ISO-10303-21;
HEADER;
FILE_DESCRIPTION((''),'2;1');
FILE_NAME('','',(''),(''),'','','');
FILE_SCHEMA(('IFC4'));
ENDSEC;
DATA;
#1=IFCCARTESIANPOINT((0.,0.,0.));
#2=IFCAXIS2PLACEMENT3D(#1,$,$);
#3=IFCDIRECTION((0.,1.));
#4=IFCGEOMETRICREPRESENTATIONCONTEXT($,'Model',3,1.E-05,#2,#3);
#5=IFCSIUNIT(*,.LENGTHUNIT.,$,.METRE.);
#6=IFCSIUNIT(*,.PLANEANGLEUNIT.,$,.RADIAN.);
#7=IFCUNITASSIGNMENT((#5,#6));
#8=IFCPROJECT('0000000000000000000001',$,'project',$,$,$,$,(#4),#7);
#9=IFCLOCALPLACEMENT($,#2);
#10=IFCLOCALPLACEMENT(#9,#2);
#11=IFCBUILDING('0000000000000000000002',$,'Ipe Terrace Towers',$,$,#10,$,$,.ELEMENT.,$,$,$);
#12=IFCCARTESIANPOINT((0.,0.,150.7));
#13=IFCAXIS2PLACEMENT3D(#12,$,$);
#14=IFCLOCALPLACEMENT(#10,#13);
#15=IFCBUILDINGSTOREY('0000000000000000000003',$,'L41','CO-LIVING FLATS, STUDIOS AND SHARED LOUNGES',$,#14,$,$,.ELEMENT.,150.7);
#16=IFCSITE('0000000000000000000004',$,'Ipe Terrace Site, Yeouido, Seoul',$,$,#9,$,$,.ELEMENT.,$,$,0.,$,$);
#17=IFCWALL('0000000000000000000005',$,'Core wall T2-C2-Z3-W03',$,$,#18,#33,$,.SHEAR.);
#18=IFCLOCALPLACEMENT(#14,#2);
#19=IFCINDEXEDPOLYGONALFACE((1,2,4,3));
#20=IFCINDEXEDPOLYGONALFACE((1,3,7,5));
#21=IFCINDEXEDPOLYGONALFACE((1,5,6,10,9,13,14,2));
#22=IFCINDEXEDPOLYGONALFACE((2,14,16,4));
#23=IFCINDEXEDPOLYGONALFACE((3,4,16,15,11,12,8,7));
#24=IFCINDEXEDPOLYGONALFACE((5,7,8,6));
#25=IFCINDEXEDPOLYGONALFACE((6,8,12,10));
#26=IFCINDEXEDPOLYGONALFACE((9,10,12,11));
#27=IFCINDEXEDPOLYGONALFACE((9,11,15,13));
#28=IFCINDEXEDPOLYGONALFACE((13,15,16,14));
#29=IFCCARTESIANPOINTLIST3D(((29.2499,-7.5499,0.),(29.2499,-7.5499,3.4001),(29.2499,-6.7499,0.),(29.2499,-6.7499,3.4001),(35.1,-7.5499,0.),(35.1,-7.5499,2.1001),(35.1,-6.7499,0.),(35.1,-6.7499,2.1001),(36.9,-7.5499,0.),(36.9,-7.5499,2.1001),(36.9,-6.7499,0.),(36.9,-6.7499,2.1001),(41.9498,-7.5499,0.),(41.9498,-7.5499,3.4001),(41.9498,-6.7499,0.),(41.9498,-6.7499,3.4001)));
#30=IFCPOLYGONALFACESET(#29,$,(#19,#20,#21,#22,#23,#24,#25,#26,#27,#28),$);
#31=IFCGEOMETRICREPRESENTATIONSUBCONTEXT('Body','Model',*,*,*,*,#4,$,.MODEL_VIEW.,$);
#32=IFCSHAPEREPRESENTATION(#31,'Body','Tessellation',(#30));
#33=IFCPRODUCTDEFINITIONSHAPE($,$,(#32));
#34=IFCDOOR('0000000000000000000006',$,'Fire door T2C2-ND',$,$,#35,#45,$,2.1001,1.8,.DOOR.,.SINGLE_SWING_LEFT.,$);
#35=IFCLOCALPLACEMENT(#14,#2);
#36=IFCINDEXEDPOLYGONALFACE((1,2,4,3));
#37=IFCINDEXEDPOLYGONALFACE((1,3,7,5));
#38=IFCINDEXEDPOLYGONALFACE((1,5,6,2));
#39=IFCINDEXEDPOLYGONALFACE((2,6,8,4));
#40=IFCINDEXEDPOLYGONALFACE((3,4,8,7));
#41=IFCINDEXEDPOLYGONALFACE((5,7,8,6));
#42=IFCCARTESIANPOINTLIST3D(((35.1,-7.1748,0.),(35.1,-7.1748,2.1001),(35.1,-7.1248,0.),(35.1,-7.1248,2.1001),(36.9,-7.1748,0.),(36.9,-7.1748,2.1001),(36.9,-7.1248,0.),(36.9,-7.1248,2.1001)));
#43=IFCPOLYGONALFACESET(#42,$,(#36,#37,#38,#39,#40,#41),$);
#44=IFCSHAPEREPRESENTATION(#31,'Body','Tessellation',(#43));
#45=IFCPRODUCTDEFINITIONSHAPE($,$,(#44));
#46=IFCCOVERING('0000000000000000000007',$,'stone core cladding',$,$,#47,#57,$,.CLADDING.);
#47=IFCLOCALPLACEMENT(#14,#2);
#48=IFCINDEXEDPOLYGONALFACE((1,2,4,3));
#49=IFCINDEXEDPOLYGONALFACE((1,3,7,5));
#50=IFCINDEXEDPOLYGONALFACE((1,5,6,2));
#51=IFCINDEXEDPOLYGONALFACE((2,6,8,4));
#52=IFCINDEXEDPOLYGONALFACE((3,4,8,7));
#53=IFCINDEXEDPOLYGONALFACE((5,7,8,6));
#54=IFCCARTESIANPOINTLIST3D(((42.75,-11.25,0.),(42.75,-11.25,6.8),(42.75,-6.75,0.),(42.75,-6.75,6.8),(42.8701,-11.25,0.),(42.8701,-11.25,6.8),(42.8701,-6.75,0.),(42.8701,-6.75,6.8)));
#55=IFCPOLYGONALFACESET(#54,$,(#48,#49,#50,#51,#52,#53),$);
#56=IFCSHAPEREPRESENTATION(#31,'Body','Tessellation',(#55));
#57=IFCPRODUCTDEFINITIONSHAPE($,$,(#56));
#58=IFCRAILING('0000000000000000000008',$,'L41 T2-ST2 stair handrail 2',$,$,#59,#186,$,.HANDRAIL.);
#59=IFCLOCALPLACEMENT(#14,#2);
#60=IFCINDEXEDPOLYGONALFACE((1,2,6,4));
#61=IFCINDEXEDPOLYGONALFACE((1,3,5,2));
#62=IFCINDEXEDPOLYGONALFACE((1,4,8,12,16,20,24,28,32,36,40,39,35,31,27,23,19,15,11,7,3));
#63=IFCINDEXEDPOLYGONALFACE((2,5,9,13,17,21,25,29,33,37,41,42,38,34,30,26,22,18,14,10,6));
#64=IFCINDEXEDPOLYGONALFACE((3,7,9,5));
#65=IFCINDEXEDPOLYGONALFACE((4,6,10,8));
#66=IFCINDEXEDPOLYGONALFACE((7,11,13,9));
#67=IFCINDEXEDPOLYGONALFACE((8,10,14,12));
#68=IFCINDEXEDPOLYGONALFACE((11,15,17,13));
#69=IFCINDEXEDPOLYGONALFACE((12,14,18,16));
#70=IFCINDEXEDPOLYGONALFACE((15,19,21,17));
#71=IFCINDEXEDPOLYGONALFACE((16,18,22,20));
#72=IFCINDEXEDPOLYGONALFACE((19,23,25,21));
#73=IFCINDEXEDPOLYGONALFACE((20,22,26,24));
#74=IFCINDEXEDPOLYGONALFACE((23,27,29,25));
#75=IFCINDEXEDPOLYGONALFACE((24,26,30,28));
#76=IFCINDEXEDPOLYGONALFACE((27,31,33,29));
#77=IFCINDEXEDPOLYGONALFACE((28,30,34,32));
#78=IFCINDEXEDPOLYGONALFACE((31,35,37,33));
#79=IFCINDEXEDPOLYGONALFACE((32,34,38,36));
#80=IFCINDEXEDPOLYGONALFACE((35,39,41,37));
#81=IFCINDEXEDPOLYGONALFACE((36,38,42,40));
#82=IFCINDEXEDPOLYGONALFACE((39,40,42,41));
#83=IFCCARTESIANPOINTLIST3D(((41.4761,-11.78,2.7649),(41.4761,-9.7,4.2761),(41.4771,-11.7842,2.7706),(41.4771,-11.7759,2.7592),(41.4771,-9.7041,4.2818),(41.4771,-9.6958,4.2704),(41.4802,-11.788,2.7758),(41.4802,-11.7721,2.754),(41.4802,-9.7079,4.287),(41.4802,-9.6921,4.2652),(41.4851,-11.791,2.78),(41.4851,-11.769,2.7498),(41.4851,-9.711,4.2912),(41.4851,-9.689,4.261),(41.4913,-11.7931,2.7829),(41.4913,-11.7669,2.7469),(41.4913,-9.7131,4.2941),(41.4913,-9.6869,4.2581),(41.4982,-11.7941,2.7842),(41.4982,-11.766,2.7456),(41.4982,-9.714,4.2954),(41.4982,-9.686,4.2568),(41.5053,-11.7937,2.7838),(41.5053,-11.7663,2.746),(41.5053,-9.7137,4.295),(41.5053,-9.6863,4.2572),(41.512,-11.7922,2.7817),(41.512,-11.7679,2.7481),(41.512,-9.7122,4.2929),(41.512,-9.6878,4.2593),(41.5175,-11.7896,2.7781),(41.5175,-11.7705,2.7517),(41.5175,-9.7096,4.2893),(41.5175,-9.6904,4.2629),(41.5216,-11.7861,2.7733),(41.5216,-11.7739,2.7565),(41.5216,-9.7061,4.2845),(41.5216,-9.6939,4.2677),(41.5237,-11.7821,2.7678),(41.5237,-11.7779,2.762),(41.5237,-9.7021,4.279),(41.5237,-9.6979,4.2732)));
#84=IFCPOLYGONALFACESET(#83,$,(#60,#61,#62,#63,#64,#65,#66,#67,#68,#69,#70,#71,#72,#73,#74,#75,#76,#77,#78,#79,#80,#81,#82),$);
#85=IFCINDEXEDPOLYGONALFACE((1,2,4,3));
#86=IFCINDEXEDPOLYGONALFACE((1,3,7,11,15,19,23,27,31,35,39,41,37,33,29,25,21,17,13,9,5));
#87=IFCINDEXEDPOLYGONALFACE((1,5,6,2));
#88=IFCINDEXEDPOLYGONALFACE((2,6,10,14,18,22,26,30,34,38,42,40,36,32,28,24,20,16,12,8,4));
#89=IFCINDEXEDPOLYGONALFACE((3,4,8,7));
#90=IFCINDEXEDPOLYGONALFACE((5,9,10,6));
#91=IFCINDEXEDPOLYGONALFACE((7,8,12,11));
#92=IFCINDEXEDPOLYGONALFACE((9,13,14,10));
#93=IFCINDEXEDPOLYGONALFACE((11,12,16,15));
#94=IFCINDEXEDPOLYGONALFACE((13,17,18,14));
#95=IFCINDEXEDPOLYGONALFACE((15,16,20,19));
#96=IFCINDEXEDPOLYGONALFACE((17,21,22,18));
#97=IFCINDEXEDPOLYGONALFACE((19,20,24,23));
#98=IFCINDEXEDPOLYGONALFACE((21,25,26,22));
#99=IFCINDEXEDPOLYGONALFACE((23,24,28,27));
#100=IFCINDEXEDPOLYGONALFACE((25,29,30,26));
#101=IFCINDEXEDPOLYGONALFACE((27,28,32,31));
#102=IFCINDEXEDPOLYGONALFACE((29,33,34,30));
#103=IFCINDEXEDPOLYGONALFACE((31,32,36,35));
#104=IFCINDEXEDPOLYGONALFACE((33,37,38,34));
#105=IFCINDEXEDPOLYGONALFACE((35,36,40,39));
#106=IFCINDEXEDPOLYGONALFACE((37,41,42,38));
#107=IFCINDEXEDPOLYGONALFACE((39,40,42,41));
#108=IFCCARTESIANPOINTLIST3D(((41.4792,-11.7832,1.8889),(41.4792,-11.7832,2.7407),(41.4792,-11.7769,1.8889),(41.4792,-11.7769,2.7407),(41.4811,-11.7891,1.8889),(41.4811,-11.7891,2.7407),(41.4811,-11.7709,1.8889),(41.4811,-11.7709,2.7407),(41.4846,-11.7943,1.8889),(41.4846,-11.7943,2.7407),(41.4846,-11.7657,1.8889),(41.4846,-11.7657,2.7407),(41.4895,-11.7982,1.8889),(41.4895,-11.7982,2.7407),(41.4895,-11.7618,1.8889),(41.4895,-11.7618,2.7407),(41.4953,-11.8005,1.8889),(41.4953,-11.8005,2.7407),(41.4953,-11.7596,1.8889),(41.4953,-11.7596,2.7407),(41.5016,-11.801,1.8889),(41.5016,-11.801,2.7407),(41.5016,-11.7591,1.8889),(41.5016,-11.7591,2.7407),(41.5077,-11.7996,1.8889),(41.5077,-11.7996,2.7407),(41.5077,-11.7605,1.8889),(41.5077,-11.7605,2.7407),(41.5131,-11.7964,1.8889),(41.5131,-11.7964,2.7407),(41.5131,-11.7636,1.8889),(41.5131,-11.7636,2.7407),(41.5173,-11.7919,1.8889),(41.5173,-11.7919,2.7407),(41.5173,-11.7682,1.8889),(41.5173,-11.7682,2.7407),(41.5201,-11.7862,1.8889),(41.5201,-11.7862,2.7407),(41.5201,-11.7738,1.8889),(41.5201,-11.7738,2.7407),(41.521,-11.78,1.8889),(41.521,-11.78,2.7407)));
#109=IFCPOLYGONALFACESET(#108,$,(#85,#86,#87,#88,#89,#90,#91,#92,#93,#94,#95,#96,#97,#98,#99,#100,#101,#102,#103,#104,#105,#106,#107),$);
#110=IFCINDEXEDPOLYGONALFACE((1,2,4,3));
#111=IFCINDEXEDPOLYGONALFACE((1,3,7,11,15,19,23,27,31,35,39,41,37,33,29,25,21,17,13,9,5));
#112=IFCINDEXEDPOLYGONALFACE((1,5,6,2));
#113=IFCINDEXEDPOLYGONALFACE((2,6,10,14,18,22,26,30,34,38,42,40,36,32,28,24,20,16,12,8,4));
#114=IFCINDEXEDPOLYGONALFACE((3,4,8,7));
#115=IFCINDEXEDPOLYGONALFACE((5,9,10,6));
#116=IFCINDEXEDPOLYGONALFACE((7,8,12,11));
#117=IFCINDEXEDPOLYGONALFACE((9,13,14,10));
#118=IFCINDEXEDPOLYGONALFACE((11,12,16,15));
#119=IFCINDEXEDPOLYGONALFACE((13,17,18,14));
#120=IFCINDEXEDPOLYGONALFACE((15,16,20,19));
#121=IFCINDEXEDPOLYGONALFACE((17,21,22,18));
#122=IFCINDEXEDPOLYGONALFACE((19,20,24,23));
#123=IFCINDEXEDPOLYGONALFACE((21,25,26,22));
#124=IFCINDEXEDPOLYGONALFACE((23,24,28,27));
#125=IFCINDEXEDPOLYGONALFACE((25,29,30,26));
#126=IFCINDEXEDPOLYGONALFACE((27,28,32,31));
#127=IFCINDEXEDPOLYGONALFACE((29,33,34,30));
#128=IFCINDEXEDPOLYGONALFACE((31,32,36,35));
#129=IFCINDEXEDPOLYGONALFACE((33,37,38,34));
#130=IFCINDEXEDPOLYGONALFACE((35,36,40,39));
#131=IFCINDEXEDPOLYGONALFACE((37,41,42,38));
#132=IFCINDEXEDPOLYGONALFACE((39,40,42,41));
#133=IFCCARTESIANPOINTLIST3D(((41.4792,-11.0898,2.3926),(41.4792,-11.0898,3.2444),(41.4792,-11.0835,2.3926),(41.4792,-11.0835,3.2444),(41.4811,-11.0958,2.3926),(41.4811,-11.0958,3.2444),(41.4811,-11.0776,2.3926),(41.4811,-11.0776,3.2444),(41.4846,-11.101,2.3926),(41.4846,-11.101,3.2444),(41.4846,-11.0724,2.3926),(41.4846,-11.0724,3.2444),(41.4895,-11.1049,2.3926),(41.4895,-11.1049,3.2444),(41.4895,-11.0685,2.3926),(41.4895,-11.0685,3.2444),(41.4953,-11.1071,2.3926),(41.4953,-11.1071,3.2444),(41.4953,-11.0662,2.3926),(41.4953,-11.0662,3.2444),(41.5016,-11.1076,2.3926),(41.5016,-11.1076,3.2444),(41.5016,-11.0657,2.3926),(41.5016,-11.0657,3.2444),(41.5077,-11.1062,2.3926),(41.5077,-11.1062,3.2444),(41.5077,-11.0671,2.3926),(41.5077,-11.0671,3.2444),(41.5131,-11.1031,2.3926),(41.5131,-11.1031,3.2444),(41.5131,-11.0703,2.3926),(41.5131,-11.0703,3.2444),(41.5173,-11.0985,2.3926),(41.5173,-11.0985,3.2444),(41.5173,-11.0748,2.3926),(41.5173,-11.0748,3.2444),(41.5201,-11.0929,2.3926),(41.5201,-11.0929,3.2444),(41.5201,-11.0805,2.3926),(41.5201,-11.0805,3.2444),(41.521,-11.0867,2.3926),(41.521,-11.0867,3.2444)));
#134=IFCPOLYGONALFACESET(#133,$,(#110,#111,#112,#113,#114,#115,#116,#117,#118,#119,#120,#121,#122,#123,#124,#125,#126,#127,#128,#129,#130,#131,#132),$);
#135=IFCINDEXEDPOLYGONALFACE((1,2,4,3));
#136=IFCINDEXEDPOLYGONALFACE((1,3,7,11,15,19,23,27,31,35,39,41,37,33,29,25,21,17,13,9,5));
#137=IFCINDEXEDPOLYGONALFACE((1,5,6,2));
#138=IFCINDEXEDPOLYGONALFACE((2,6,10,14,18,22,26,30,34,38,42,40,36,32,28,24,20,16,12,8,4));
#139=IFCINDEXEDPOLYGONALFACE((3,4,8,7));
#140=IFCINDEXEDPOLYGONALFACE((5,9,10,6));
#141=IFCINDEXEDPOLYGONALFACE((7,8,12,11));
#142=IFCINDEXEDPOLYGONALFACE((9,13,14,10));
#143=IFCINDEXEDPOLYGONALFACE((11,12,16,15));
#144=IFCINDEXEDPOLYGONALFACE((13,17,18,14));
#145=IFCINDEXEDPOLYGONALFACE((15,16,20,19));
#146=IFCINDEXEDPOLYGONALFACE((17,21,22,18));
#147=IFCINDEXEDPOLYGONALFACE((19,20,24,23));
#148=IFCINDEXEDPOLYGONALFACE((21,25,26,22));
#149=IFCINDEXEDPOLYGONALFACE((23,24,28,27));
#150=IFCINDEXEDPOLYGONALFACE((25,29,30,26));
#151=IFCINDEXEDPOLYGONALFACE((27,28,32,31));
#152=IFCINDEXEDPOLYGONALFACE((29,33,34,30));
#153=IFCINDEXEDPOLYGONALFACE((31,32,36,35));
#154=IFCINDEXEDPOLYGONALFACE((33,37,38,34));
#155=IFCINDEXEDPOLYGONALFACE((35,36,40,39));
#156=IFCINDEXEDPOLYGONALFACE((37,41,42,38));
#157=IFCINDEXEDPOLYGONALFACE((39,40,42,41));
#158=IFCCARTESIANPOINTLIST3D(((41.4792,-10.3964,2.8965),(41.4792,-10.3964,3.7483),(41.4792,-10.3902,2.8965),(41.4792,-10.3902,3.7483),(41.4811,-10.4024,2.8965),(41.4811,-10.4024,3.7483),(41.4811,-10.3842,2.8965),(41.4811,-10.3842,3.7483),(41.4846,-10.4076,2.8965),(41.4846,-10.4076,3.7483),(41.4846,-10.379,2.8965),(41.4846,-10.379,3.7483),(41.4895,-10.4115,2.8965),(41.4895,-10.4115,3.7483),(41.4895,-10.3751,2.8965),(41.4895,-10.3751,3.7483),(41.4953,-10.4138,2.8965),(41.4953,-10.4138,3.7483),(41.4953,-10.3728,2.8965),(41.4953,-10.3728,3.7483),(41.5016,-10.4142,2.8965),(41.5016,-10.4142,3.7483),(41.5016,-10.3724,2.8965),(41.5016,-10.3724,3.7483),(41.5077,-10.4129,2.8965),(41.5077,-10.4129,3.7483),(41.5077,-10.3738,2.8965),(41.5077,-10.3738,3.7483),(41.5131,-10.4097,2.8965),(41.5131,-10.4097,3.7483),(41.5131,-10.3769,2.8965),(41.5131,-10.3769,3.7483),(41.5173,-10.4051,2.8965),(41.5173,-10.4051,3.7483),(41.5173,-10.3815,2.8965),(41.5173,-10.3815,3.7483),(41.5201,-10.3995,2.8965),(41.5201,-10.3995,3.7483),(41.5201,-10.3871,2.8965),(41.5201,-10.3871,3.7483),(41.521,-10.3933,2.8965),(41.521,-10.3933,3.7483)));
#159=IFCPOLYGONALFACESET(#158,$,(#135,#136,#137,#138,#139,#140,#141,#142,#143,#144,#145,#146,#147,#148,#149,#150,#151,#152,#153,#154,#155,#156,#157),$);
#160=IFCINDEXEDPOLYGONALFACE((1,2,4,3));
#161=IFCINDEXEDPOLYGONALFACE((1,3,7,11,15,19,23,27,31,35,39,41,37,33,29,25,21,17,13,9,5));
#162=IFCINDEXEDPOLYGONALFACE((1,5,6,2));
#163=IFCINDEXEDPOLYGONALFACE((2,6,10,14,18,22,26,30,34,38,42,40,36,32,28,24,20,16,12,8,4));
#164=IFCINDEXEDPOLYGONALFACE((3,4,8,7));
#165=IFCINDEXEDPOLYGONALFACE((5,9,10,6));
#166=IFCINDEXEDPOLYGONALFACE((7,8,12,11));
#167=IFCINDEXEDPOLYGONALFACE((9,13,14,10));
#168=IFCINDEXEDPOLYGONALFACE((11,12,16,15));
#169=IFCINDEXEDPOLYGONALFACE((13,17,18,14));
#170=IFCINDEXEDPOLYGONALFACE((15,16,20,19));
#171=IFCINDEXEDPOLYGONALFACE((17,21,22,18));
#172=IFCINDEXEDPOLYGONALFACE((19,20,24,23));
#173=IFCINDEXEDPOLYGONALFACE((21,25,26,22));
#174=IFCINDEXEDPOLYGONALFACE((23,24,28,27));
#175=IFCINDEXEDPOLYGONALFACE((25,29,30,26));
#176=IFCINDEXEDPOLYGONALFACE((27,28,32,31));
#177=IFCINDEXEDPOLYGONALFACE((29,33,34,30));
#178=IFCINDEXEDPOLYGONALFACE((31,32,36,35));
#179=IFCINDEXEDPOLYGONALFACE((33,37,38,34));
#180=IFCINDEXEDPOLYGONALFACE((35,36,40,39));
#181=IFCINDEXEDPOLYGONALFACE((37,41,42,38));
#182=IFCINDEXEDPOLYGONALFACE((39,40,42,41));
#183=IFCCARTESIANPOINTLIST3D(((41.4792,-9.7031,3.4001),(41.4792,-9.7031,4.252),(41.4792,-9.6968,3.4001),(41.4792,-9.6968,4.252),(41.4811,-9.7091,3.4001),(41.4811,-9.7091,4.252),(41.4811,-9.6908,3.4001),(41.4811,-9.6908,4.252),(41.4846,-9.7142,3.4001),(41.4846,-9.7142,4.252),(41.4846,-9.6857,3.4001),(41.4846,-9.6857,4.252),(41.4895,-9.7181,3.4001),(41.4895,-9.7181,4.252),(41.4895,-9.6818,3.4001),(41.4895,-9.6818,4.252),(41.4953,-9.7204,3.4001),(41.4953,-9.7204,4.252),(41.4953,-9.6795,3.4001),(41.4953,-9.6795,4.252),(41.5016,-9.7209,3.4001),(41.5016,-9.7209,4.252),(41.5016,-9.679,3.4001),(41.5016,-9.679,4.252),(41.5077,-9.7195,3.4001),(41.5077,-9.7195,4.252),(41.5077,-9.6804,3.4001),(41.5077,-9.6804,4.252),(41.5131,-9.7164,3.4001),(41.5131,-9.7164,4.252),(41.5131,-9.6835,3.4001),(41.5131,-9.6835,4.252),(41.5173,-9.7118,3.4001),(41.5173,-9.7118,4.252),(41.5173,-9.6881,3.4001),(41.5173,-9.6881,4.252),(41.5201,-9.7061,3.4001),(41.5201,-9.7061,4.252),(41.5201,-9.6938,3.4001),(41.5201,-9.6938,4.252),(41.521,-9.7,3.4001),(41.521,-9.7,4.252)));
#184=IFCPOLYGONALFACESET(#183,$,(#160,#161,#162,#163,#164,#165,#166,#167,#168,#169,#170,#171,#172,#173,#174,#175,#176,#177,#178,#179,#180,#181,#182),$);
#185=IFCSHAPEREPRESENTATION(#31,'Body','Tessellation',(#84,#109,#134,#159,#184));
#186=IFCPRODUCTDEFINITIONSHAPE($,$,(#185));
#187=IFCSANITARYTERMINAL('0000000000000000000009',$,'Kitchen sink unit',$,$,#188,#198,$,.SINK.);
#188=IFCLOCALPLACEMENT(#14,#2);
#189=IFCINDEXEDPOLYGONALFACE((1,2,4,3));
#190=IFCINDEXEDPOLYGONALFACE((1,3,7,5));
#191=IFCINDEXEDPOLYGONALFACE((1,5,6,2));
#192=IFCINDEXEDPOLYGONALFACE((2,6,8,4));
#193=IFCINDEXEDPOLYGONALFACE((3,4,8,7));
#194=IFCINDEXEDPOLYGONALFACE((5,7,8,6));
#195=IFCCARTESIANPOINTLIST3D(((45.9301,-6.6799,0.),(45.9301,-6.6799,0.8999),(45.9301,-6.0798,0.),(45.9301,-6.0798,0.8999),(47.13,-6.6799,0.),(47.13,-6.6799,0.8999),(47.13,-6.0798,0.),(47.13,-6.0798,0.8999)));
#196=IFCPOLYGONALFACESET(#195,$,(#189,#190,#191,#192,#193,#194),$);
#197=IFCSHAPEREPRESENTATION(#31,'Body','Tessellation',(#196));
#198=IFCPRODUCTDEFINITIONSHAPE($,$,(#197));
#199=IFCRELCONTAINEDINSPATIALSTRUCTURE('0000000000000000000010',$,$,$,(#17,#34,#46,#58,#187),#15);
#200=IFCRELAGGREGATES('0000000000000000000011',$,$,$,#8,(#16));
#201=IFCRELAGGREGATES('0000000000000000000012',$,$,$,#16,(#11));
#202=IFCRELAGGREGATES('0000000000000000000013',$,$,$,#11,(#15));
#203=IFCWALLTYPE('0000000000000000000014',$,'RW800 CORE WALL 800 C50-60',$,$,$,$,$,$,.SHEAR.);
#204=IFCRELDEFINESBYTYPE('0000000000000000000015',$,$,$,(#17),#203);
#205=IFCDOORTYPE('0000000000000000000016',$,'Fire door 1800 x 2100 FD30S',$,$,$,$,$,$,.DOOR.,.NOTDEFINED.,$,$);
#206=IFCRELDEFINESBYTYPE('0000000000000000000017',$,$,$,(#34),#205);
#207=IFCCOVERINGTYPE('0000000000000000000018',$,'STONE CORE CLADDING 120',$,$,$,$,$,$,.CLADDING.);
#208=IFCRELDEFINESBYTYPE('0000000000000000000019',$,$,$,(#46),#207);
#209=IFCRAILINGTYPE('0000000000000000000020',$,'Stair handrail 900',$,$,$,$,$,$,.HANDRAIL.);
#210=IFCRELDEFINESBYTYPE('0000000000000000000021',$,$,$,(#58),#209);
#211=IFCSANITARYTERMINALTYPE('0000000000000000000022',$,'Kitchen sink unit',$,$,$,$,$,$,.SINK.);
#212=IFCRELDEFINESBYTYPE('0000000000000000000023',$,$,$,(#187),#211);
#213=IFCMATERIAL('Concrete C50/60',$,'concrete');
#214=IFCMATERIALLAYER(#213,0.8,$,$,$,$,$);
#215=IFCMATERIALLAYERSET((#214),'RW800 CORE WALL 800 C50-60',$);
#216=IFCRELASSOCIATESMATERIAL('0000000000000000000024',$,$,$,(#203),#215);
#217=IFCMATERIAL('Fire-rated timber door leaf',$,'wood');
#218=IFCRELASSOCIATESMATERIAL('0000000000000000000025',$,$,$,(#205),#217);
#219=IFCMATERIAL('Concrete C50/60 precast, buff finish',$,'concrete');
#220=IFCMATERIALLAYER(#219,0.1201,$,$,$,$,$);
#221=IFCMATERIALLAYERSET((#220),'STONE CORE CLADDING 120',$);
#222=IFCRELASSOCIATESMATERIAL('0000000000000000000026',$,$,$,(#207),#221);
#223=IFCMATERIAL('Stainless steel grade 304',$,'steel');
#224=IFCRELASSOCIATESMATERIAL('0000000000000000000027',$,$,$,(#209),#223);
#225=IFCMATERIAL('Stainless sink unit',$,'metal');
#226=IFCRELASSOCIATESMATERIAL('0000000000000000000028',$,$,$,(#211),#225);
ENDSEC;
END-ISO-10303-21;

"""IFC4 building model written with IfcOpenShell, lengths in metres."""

from ifc_helpers import new_model, si_unit, direction, frame, frame_2d, origin, origin_2d, place, context, subcontext, project, spatial, rectangle, circle, extrude, material, layer, layer_set, type_object, element, fill, save


model = new_model("IFC4")

# Units and contexts
model_context = context("Model", 3, precision=1e-05, world=origin(), true_north=direction((0.0, 1.0)))
body_context = subcontext(model_context, "Body", "Model", "MODEL_VIEW")
ifc_project = project(units=[si_unit("LENGTHUNIT", "METRE"), si_unit("PLANEANGLEUNIT", "RADIAN")], contexts=[model_context])

# Site, building, storey
site_placement = place(None, origin())
site = spatial("IfcSite", under=ifc_project, at=site_placement, Name="Ipe Terrace Site, Yeouido, Seoul", CompositionType="ELEMENT", RefElevation=0.0)
building_placement = place(site_placement, origin())
building = spatial("IfcBuilding", under=site, at=building_placement, Name="Ipe Terrace Towers", CompositionType="ELEMENT")
storey_placement = place(building_placement, frame((0.0, 0.0, 150.7)))
storey = spatial("IfcBuildingStorey", under=building, at=storey_placement, Name="L41", Description="CO-LIVING FLATS, STUDIOS AND SHARED LOUNGES", CompositionType="ELEMENT", Elevation=150.7)

# Shared definitions
ifc_material_1 = material(Name="Concrete C50/60", Category="concrete")
ifc_layer_1 = layer(ifc_material_1, 0.8)
ifc_layer_set_1 = layer_set([ifc_layer_1], Name="RW800 CORE WALL 800 C50-60")
wall_type_1 = type_object("IfcWallType", Name="RW800 CORE WALL 800 C50-60", PredefinedType="SHEAR", material=ifc_layer_set_1)

# Wall, opening, door
wall_1_placement = place(storey_placement, frame((41.95, -7.1499, 0.0), z_axis=(0.0, 0.0, 1.0), x_axis=(-1.0, 0.0, 0.0)))
wall_1 = element("IfcWall", 1, at=wall_1_placement, inside=storey, type_object=wall_type_1, Name="Core wall T2-C2-Z3-W03", PredefinedType="SHEAR", context=body_context, shape_type="SweptSolid", body=[
    extrude(rectangle(XDim=12.7, YDim=0.8, at=frame_2d((6.3501, 0.0))), origin(), (0.0, 0.0, 1.0), 3.4001),
])
opening_1_placement = place(wall_1_placement, frame((5.05, 0.0, 0.0)))
opening_1 = element("IfcOpeningElement", 2, at=opening_1_placement, cuts=wall_1, PredefinedType="OPENING", context=body_context, shape_type="SweptSolid", body=[
    extrude(rectangle(XDim=1.8, YDim=2.1001, at=frame_2d((0.8999, 1.05))), frame((0.0, 0.4102, 0.0), z_axis=(0.0, -1.0, 0.0), x_axis=(1.0, 0.0, 0.0)), (0.0, 0.0, 1.0), 0.8201),
])
ifc_material_2 = material(Name="Fire-rated timber door leaf", Category="wood")
door_type_1 = type_object("IfcDoorType", Name="Fire door 1800 x 2100 FD30S", OperationType="NOTDEFINED", PredefinedType="DOOR", material=ifc_material_2)
door_1_placement = place(opening_1_placement, origin())
door_1 = element("IfcDoor", 3, at=door_1_placement, inside=storey, type_object=door_type_1, Name="Fire door T2C2-ND", OperationType="SINGLE_SWING_LEFT", OverallHeight=2.1001, OverallWidth=1.8, PredefinedType="DOOR", context=body_context, shape_type="SweptSolid", body=[
    extrude(rectangle(XDim=1.8, YDim=2.1001, at=frame_2d((0.8999, 1.05))), frame((0.0, 0.0249, 0.0), z_axis=(0.0, -1.0, 0.0), x_axis=(1.0, 0.0, 0.0)), (0.0, 0.0, 1.0), 0.05),
])
fill(opening_1, door_1)

# Covering
ifc_material_3 = material(Name="Concrete C50/60 precast, buff finish", Category="concrete")
ifc_layer_2 = layer(ifc_material_3, 0.1201)
ifc_layer_set_2 = layer_set([ifc_layer_2], Name="STONE CORE CLADDING 120")
covering_type = type_object("IfcCoveringType", Name="STONE CORE CLADDING 120", PredefinedType="CLADDING", material=ifc_layer_set_2)
covering_placement = place(storey_placement, frame((42.8101, -9.0, 0.0), z_axis=(0.0, 0.0, 1.0), x_axis=(0.0, 1.0, 0.0)))
element("IfcCovering", 4, at=covering_placement, inside=storey, type_object=covering_type, Name="stone core cladding", PredefinedType="CLADDING", context=body_context, shape_type="SweptSolid", body=[
    extrude(rectangle(XDim=4.5, YDim=0.1201, at=origin_2d()), origin(), (0.0, 0.0, 1.0), 6.8),
])

# Railing
ifc_material_4 = material(Name="Stainless steel grade 304", Category="steel")
railing_type = type_object("IfcRailingType", Name="Stair handrail 900", PredefinedType="HANDRAIL", material=ifc_material_4)
railing_placement = place(storey_placement, frame((41.5, -11.78, 1.8889)))
element("IfcRailing", 5, at=railing_placement, inside=storey, type_object=railing_type, Name="L41 T2-ST2 stair handrail 2", PredefinedType="HANDRAIL", context=body_context, shape_type="SweptSolid", body=[
    extrude(circle(Radius=0.0239, at=origin_2d()), frame((0.0, 0.0, 0.876), z_axis=(0.0, 0.809023, 0.587776), x_axis=(-1.0, 0.0, 0.0)), (0.0, 0.0, 1.0), 2.571),
    extrude(circle(Radius=0.021, at=origin_2d()), origin(), (0.0, 0.0, 1.0), 0.8518),
    extrude(circle(Radius=0.021, at=origin_2d()), frame((0.0, 0.6934, 0.5037)), (0.0, 0.0, 1.0), 0.8518),
    extrude(circle(Radius=0.021, at=origin_2d()), frame((0.0, 1.3867, 1.0076)), (0.0, 0.0, 1.0), 0.8518),
    extrude(circle(Radius=0.021, at=origin_2d()), frame((0.0, 2.0801, 1.5112)), (0.0, 0.0, 1.0), 0.8518),
])

# Sanitary terminal
ifc_material_5 = material(Name="Stainless sink unit", Category="metal")
sanitary_terminal_type = type_object("IfcSanitaryTerminalType", Name="Kitchen sink unit", PredefinedType="SINK", material=ifc_material_5)
sanitary_terminal_placement = place(storey_placement, frame((46.53, -6.3799, 0.0), z_axis=(0.0, 0.0, 1.0), x_axis=(-1.0, 0.0, 0.0)))
element("IfcSanitaryTerminal", 6, at=sanitary_terminal_placement, inside=storey, type_object=sanitary_terminal_type, Name="Kitchen sink unit", PredefinedType="SINK", context=body_context, shape_type="SweptSolid", body=[
    extrude(rectangle(XDim=1.2, YDim=0.6001, at=origin_2d()), origin(), (0.0, 0.0, 1.0), 0.8999),
])

save(model, "model.ifc")
